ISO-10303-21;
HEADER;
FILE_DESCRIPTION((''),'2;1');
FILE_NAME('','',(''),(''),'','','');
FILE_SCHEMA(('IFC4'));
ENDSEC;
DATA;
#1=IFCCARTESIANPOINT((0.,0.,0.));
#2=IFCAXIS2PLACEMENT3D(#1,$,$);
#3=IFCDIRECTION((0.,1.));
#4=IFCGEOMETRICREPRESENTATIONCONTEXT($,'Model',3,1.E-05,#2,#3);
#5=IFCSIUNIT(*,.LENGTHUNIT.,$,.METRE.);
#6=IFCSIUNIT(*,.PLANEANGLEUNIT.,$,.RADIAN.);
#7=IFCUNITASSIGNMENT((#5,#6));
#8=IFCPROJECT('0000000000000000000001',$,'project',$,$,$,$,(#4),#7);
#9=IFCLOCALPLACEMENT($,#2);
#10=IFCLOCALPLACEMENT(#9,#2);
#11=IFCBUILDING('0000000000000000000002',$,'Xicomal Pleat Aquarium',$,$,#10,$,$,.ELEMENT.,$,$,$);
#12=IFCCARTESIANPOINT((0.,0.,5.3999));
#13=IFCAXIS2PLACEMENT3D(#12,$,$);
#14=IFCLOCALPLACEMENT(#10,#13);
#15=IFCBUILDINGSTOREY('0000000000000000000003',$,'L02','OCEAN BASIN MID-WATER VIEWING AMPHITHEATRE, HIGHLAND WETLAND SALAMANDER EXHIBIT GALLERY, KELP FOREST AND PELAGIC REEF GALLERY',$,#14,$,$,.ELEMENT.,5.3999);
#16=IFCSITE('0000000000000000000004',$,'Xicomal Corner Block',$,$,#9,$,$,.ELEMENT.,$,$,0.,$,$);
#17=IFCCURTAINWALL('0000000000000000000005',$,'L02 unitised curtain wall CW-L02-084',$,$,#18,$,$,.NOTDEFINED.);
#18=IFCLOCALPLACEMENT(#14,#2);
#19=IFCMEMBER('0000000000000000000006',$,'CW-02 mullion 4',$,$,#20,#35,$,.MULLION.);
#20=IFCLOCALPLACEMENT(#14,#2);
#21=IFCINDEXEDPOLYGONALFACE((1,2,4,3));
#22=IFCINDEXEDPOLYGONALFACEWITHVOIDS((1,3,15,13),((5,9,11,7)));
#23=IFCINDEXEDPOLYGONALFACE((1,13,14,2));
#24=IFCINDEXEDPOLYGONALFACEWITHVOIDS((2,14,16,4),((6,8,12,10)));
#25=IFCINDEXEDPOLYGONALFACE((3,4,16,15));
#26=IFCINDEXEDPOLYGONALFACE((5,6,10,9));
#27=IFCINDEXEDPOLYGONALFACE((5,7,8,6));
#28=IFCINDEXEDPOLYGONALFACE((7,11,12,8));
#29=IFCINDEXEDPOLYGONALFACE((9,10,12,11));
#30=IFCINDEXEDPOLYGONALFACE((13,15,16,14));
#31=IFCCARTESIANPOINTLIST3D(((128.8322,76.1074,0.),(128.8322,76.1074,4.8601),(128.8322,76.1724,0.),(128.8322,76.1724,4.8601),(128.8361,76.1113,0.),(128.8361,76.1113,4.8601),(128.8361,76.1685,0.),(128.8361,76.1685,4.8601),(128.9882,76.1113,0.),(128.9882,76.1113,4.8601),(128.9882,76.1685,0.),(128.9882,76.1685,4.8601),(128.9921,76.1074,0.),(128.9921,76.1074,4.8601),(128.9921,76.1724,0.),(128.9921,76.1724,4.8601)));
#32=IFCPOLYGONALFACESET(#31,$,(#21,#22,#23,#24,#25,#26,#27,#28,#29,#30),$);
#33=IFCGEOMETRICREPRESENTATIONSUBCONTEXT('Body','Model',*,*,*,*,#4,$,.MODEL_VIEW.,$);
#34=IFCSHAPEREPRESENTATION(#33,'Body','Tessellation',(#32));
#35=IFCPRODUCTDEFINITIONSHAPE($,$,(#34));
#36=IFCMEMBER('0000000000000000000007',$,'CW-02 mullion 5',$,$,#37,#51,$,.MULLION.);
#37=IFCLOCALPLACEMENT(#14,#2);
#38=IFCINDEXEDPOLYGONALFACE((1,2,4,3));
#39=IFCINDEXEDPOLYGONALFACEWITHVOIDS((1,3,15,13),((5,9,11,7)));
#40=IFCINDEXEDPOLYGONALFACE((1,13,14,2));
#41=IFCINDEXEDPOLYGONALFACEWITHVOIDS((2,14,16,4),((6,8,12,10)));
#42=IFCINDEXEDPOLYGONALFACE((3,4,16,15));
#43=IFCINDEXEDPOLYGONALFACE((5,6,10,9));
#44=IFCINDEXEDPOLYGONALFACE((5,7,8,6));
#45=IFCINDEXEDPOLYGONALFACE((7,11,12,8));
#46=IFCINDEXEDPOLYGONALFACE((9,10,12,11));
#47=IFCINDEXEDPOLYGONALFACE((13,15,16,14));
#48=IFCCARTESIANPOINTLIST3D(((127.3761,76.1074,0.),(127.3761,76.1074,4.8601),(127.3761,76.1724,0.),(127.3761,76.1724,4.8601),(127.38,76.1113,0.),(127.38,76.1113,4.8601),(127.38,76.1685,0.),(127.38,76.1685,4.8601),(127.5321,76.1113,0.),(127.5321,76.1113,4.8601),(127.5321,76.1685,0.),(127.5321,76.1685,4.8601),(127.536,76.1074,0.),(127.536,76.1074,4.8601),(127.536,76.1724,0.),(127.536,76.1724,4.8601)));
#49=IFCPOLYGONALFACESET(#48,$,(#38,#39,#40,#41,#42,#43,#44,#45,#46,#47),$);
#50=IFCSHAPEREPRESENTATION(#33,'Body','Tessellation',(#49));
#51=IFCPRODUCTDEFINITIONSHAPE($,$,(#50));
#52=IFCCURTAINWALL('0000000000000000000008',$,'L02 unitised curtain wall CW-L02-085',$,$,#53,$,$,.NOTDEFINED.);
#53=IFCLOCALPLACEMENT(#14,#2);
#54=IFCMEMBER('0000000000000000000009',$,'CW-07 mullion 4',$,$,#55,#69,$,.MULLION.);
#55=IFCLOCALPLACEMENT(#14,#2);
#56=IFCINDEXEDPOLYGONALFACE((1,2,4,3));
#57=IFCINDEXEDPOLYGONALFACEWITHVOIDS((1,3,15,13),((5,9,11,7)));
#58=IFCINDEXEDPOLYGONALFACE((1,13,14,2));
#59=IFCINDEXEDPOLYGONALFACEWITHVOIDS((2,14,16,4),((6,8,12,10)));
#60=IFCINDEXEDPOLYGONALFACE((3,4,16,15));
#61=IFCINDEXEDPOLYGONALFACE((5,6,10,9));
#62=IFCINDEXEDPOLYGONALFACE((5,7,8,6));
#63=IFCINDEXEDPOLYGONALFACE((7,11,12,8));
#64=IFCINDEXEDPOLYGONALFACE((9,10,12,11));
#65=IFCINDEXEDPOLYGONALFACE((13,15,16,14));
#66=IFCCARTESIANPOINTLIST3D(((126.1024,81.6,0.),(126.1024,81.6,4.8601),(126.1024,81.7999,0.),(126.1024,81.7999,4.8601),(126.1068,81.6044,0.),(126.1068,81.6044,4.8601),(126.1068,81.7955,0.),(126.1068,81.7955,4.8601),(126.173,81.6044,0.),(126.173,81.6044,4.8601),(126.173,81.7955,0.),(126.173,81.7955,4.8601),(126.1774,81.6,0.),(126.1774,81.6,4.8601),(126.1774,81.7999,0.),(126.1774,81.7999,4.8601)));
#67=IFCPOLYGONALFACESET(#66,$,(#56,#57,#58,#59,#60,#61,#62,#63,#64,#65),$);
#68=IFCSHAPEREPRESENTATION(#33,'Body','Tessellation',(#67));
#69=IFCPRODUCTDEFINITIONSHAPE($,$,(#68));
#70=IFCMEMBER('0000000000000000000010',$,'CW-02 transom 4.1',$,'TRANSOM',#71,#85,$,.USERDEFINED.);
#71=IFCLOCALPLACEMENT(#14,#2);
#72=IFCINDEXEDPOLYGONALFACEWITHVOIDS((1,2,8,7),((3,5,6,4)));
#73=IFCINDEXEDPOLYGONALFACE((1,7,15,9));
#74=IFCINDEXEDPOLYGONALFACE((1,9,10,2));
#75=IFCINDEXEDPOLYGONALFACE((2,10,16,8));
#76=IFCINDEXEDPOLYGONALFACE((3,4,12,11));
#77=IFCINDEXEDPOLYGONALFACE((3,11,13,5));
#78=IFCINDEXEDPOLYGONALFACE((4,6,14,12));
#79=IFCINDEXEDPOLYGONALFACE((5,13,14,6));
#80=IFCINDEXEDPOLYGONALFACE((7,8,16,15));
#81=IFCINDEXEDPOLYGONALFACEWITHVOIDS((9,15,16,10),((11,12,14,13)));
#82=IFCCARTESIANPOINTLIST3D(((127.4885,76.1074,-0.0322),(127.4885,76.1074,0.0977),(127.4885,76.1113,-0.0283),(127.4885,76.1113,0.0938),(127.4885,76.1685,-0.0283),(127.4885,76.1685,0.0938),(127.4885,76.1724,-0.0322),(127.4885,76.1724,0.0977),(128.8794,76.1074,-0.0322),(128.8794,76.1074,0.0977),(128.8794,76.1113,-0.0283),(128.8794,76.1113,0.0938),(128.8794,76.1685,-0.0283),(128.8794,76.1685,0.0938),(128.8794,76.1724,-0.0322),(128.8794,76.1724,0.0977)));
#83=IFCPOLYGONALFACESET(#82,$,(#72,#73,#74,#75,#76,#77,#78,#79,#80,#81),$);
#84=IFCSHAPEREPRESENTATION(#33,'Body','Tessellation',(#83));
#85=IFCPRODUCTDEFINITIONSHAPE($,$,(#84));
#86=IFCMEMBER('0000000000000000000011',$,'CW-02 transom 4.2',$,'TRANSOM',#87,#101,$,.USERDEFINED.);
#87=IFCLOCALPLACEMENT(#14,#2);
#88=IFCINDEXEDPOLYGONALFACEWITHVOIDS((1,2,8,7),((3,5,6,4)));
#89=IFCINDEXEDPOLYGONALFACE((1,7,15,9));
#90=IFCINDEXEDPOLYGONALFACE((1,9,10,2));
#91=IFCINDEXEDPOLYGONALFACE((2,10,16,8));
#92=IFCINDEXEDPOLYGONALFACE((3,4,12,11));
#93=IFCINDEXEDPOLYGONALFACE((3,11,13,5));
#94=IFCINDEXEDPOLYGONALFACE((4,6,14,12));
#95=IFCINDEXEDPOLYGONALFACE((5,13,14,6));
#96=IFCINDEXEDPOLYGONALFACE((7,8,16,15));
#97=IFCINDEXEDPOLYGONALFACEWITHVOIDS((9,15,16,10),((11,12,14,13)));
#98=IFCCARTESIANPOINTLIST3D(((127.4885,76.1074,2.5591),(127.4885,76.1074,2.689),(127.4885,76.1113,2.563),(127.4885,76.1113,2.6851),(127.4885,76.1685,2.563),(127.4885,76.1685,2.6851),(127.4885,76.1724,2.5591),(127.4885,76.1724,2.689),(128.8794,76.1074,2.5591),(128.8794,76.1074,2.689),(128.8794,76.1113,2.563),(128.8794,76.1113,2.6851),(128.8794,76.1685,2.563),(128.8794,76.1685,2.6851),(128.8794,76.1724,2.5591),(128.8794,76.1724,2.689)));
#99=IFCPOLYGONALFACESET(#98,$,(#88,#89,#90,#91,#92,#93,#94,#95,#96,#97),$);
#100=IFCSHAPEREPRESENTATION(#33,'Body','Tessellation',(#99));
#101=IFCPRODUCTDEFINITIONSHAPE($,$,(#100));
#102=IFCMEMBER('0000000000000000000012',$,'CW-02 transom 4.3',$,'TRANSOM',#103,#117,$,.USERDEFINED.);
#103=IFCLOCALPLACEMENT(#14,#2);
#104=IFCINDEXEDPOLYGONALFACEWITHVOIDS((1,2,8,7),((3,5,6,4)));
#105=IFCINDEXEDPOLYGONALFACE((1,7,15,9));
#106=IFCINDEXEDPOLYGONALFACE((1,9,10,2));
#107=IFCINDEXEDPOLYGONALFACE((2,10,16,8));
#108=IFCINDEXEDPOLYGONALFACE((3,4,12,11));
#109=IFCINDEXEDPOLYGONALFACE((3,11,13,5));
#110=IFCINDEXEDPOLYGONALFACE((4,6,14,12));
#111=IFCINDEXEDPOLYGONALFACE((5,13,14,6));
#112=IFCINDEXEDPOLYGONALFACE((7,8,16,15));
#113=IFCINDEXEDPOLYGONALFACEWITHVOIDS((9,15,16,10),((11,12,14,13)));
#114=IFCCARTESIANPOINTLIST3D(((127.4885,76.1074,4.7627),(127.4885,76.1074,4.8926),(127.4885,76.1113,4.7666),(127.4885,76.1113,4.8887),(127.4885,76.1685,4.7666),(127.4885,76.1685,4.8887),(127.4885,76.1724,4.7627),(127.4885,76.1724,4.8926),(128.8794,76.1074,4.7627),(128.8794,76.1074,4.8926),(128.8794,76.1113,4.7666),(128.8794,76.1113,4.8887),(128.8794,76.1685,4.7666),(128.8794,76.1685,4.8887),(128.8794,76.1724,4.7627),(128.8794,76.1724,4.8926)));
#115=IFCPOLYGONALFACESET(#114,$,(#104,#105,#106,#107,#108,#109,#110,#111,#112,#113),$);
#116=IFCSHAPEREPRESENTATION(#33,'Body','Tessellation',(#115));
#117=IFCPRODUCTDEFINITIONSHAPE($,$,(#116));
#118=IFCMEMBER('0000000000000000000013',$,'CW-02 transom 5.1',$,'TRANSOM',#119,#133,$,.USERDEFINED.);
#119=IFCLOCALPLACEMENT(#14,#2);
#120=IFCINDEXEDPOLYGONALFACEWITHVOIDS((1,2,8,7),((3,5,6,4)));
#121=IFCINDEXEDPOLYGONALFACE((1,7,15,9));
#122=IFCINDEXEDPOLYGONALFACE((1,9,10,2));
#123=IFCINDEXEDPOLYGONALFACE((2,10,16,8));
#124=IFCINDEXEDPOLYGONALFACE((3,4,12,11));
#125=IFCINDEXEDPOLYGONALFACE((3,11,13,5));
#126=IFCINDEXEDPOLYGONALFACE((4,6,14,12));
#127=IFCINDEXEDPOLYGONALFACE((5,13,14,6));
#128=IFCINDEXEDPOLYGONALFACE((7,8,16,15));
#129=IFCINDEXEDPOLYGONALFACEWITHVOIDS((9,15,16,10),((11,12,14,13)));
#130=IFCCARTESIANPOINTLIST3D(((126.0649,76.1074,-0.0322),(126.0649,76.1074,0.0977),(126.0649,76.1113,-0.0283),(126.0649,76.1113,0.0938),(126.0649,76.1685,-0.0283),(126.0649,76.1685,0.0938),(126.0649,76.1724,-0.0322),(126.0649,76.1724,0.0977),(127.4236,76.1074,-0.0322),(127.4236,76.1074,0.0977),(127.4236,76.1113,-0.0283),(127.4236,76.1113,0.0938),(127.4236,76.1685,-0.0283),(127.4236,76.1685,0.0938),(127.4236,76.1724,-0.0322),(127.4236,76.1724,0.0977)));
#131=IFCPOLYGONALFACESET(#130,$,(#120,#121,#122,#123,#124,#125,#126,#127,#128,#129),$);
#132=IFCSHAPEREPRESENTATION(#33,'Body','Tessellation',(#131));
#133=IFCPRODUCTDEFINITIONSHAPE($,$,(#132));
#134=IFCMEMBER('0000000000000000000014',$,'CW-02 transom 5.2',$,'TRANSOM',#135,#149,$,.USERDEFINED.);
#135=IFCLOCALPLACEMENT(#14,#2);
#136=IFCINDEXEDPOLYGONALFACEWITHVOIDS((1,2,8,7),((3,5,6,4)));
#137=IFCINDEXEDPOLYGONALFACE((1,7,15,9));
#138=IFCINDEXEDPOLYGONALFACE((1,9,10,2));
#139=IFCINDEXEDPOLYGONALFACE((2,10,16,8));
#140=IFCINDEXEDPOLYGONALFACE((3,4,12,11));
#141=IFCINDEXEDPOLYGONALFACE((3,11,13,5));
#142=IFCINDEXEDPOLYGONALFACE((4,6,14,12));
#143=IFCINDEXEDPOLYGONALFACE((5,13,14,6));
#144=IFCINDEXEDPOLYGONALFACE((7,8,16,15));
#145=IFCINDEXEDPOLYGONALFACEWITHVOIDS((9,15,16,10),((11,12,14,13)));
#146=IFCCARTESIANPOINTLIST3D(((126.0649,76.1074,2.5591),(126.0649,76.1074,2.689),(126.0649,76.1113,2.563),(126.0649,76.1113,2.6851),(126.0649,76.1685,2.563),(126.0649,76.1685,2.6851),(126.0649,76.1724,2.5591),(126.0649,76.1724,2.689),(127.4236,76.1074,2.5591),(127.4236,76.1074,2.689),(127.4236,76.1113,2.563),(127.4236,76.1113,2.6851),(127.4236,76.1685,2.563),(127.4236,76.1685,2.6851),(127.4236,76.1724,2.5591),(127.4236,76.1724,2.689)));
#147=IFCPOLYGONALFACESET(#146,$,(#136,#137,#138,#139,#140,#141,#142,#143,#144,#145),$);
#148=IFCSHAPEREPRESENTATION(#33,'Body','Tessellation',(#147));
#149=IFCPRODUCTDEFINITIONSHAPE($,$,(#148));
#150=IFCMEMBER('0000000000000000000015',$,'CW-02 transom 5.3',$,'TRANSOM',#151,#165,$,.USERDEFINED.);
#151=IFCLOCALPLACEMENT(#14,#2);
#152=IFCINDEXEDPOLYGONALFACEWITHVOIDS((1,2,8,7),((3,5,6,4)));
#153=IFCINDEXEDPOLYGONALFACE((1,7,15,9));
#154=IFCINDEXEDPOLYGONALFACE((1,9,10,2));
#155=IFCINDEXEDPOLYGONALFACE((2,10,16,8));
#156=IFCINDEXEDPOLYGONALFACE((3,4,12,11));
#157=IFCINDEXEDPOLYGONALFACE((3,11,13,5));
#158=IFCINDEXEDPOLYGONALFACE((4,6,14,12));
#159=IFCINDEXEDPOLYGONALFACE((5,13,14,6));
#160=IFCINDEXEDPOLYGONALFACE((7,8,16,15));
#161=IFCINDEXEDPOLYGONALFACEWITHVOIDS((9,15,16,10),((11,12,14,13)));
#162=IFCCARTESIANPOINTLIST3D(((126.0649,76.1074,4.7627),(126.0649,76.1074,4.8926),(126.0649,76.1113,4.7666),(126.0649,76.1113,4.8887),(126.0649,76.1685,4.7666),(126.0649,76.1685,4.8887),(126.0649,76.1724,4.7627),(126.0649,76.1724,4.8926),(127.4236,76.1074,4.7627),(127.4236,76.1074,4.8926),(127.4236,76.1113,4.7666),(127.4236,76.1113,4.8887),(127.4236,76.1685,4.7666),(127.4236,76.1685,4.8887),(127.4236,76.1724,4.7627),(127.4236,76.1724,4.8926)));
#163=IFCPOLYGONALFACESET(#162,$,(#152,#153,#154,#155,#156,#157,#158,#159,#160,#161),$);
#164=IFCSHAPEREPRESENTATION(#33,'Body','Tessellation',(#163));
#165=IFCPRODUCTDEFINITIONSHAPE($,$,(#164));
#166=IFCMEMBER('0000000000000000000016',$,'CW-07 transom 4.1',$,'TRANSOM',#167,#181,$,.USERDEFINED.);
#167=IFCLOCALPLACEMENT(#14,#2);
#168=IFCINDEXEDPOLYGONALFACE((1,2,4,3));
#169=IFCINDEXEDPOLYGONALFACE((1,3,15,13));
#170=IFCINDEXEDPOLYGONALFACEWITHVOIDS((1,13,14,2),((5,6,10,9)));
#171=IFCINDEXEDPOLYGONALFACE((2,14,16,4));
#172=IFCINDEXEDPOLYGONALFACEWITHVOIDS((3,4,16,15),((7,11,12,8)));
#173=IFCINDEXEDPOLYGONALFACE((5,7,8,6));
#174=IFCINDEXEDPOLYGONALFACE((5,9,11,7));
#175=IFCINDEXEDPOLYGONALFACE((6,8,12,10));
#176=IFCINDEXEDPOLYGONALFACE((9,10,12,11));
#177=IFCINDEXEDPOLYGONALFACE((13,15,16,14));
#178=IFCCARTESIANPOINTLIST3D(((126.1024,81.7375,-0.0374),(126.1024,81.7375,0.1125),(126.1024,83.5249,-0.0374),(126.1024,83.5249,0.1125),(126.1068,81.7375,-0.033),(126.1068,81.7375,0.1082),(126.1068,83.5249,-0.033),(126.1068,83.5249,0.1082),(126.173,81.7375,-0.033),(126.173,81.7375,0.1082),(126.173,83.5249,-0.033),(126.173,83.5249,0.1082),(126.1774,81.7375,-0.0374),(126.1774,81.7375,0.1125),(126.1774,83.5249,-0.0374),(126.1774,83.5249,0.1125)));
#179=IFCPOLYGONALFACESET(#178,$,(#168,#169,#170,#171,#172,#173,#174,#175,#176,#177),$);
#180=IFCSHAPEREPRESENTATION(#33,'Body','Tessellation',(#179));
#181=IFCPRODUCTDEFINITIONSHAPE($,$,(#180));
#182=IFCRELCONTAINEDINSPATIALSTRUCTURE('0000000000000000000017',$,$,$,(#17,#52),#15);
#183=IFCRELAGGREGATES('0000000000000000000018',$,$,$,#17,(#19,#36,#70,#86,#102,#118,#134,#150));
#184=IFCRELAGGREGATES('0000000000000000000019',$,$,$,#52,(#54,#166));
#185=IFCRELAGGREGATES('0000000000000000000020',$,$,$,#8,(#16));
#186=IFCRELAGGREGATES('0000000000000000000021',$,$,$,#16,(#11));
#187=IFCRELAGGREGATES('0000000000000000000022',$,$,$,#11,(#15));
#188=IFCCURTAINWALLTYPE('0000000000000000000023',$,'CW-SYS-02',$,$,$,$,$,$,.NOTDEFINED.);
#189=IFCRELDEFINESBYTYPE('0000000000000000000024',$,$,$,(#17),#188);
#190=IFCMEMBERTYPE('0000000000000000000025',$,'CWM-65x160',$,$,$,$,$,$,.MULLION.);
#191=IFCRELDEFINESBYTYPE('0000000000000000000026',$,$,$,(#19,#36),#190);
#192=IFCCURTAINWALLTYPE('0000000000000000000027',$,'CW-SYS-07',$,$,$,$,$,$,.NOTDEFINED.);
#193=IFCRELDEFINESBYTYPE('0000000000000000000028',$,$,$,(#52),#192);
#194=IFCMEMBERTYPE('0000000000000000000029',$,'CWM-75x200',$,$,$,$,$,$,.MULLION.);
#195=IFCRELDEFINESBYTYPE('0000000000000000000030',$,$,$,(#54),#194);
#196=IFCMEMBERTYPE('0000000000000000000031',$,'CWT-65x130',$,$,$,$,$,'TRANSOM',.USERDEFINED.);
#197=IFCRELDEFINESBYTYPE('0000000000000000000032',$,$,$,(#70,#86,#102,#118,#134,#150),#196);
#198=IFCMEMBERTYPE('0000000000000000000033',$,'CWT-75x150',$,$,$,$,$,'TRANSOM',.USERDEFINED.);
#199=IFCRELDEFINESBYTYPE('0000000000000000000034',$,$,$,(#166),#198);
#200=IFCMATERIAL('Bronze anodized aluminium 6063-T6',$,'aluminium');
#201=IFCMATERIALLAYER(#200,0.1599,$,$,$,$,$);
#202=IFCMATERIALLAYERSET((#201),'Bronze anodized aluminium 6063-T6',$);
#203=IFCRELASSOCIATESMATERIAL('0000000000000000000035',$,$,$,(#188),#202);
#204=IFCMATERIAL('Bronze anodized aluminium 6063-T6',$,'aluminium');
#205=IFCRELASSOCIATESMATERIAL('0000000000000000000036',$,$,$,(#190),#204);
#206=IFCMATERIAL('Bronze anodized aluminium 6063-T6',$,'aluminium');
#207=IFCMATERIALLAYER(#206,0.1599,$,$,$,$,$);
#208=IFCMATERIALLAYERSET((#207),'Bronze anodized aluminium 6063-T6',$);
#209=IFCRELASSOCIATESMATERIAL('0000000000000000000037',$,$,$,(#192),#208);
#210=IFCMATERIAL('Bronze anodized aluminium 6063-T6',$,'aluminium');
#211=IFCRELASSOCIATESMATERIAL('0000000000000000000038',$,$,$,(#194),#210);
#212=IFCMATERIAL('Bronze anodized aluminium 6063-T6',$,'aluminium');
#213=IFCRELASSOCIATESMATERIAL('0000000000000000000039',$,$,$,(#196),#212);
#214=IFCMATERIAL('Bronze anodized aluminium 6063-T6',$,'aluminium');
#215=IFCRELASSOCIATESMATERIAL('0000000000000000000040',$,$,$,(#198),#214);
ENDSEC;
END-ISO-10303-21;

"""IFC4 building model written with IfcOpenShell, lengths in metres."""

from ifc_helpers import new_model, si_unit, direction, frame, origin, origin_2d, place, context, subcontext, project, spatial, hollow_rectangle, extrude, material, layer, layer_set, material_profile, profile_set, type_object, element, aggregate, save


model = new_model("IFC4")

# Units and contexts
model_context = context("Model", 3, precision=1e-05, world=origin(), true_north=direction((0.0, 1.0)))
body_context = subcontext(model_context, "Body", "Model", "MODEL_VIEW")
ifc_project = project(units=[si_unit("LENGTHUNIT", "METRE"), si_unit("PLANEANGLEUNIT", "RADIAN")], contexts=[model_context])

# Site, building, storey
site_placement = place(None, origin())
site = spatial("IfcSite", under=ifc_project, at=site_placement, Name="Xicomal Corner Block", CompositionType="ELEMENT", RefElevation=0.0)
building_placement = place(site_placement, origin())
building = spatial("IfcBuilding", under=site, at=building_placement, Name="Xicomal Pleat Aquarium", CompositionType="ELEMENT")
storey_placement = place(building_placement, frame((0.0, 0.0, 5.3999)))
storey = spatial("IfcBuildingStorey", under=building, at=storey_placement, Name="L02", Description="OCEAN BASIN MID-WATER VIEWING AMPHITHEATRE, HIGHLAND WETLAND SALAMANDER EXHIBIT GALLERY, KELP FOREST AND PELAGIC REEF GALLERY", CompositionType="ELEMENT", Elevation=5.3999)

# Curtain wall, members
ifc_material_1 = material(Name="Bronze anodized aluminium 6063-T6", Category="aluminium")
ifc_layer_1 = layer(ifc_material_1, 0.1599)
ifc_layer_set_1 = layer_set([ifc_layer_1], Name="Bronze anodized aluminium 6063-T6")
curtain_wall_type_1 = type_object("IfcCurtainWallType", Name="CW-SYS-02", PredefinedType="NOTDEFINED", material=ifc_layer_set_1)
curtain_wall_1_placement = place(storey_placement, origin())
curtain_wall_1 = element("IfcCurtainWall", 1, at=curtain_wall_1_placement, inside=storey, type_object=curtain_wall_type_1, Name="L02 unitised curtain wall CW-L02-084", PredefinedType="NOTDEFINED")
ifc_material_2 = material(Name="Bronze anodized aluminium 6063-T6", Category="aluminium")
ifc_material_profile_1 = material_profile(ifc_material_2, hollow_rectangle(XDim=0.0649, YDim=0.1599, WallThickness=0.0039, at=origin_2d()), Name="ALU MULL 65x160")
ifc_profile_set_1 = profile_set([ifc_material_profile_1], Name="Bronze anodized aluminium 6063-T6")
member_type_1 = type_object("IfcMemberType", Name="CWM-65x160", PredefinedType="MULLION", material=ifc_profile_set_1)
member_1_placement = place(storey_placement, frame((128.9121, 76.1399, 0.0), z_axis=(0.0, 0.0, 1.0), x_axis=(0.0, -1.0, 0.0)))
member_1 = element("IfcMember", 2, at=member_1_placement, type_object=member_type_1, Name="CW-02 mullion 4", PredefinedType="MULLION", context=body_context, shape_type="SweptSolid", body=[
    extrude(hollow_rectangle(XDim=0.0649, YDim=0.1599, WallThickness=0.0039, at=origin_2d()), origin(), (0.0, 0.0, 1.0), 4.8601),
])
member_2_placement = place(storey_placement, frame((127.4561, 76.1399, 0.0), z_axis=(0.0, 0.0, 1.0), x_axis=(0.0, -1.0, 0.0)))
member_2 = element("IfcMember", 3, at=member_2_placement, type_object=member_type_1, Name="CW-02 mullion 5", PredefinedType="MULLION", context=body_context, shape_type="SweptSolid", body=[
    extrude(hollow_rectangle(XDim=0.0649, YDim=0.1599, WallThickness=0.0039, at=origin_2d()), origin(), (0.0, 0.0, 1.0), 4.8601),
])

# Curtain wall, member
ifc_material_3 = material(Name="Bronze anodized aluminium 6063-T6", Category="aluminium")
ifc_layer_2 = layer(ifc_material_3, 0.1599)
ifc_layer_set_2 = layer_set([ifc_layer_2], Name="Bronze anodized aluminium 6063-T6")
curtain_wall_type_2 = type_object("IfcCurtainWallType", Name="CW-SYS-07", PredefinedType="NOTDEFINED", material=ifc_layer_set_2)
curtain_wall_2_placement = place(storey_placement, origin())
curtain_wall_2 = element("IfcCurtainWall", 4, at=curtain_wall_2_placement, inside=storey, type_object=curtain_wall_type_2, Name="L02 unitised curtain wall CW-L02-085", PredefinedType="NOTDEFINED")
ifc_material_4 = material(Name="Bronze anodized aluminium 6063-T6", Category="aluminium")
ifc_material_profile_2 = material_profile(ifc_material_4, hollow_rectangle(XDim=0.075, YDim=0.2, WallThickness=0.0044, at=origin_2d()), Name="ALU MULL 75x200")
ifc_profile_set_2 = profile_set([ifc_material_profile_2], Name="Bronze anodized aluminium 6063-T6")
member_type_2 = type_object("IfcMemberType", Name="CWM-75x200", PredefinedType="MULLION", material=ifc_profile_set_2)
member_3_placement = place(storey_placement, frame((126.1399, 81.7, 0.0), z_axis=(0.0, 0.0, 1.0), x_axis=(-1.0, 0.0, 0.0)))
member_3 = element("IfcMember", 5, at=member_3_placement, type_object=member_type_2, Name="CW-07 mullion 4", PredefinedType="MULLION", context=body_context, shape_type="SweptSolid", body=[
    extrude(hollow_rectangle(XDim=0.075, YDim=0.2, WallThickness=0.0044, at=origin_2d()), origin(), (0.0, 0.0, 1.0), 4.8601),
])

# Members
ifc_material_5 = material(Name="Bronze anodized aluminium 6063-T6", Category="aluminium")
ifc_material_profile_3 = material_profile(ifc_material_5, hollow_rectangle(XDim=0.0649, YDim=0.1299, WallThickness=0.0039, at=origin_2d()), Name="ALU TRAN 65x130")
ifc_profile_set_3 = profile_set([ifc_material_profile_3], Name="Bronze anodized aluminium 6063-T6")
member_type_3 = type_object("IfcMemberType", Name="CWT-65x130", ElementType="TRANSOM", PredefinedType="USERDEFINED", material=ifc_profile_set_3)
member_4_placement = place(storey_placement, frame((128.8794, 76.1399, 0.0327), z_axis=(-1.0, 0.0, 0.0), x_axis=(0.0, -1.0, 0.0)))
member_4 = element("IfcMember", 6, at=member_4_placement, type_object=member_type_3, Name="CW-02 transom 4.1", ObjectType="TRANSOM", PredefinedType="USERDEFINED", context=body_context, shape_type="SweptSolid", body=[
    extrude(hollow_rectangle(XDim=0.0649, YDim=0.1299, WallThickness=0.0039, at=origin_2d()), origin(), (0.0, 0.0, 1.0), 1.3909),
])
member_5_placement = place(storey_placement, frame((128.8794, 76.1399, 2.624), z_axis=(-1.0, 0.0, 0.0), x_axis=(0.0, -1.0, 0.0)))
member_5 = element("IfcMember", 7, at=member_5_placement, type_object=member_type_3, Name="CW-02 transom 4.2", ObjectType="TRANSOM", PredefinedType="USERDEFINED", context=body_context, shape_type="SweptSolid", body=[
    extrude(hollow_rectangle(XDim=0.0649, YDim=0.1299, WallThickness=0.0039, at=origin_2d()), origin(), (0.0, 0.0, 1.0), 1.3909),
])
member_6_placement = place(storey_placement, frame((128.8794, 76.1399, 4.8276), z_axis=(-1.0, 0.0, 0.0), x_axis=(0.0, -1.0, 0.0)))
member_6 = element("IfcMember", 8, at=member_6_placement, type_object=member_type_3, Name="CW-02 transom 4.3", ObjectType="TRANSOM", PredefinedType="USERDEFINED", context=body_context, shape_type="SweptSolid", body=[
    extrude(hollow_rectangle(XDim=0.0649, YDim=0.1299, WallThickness=0.0039, at=origin_2d()), origin(), (0.0, 0.0, 1.0), 1.3909),
])
member_7_placement = place(storey_placement, frame((127.4236, 76.1399, 0.0327), z_axis=(-1.0, 0.0, 0.0), x_axis=(0.0, -1.0, 0.0)))
member_7 = element("IfcMember", 9, at=member_7_placement, type_object=member_type_3, Name="CW-02 transom 5.1", ObjectType="TRANSOM", PredefinedType="USERDEFINED", context=body_context, shape_type="SweptSolid", body=[
    extrude(hollow_rectangle(XDim=0.0649, YDim=0.1299, WallThickness=0.0039, at=origin_2d()), origin(), (0.0, 0.0, 1.0), 1.3586),
])
member_8_placement = place(storey_placement, frame((127.4236, 76.1399, 2.624), z_axis=(-1.0, 0.0, 0.0), x_axis=(0.0, -1.0, 0.0)))
member_8 = element("IfcMember", 10, at=member_8_placement, type_object=member_type_3, Name="CW-02 transom 5.2", ObjectType="TRANSOM", PredefinedType="USERDEFINED", context=body_context, shape_type="SweptSolid", body=[
    extrude(hollow_rectangle(XDim=0.0649, YDim=0.1299, WallThickness=0.0039, at=origin_2d()), origin(), (0.0, 0.0, 1.0), 1.3586),
])
member_9_placement = place(storey_placement, frame((127.4236, 76.1399, 4.8276), z_axis=(-1.0, 0.0, 0.0), x_axis=(0.0, -1.0, 0.0)))
member_9 = element("IfcMember", 11, at=member_9_placement, type_object=member_type_3, Name="CW-02 transom 5.3", ObjectType="TRANSOM", PredefinedType="USERDEFINED", context=body_context, shape_type="SweptSolid", body=[
    extrude(hollow_rectangle(XDim=0.0649, YDim=0.1299, WallThickness=0.0039, at=origin_2d()), origin(), (0.0, 0.0, 1.0), 1.3586),
])
ifc_material_6 = material(Name="Bronze anodized aluminium 6063-T6", Category="aluminium")
ifc_material_profile_4 = material_profile(ifc_material_6, hollow_rectangle(XDim=0.075, YDim=0.1499, WallThickness=0.0044, at=origin_2d()), Name="ALU TRAN 75x150")
ifc_profile_set_4 = profile_set([ifc_material_profile_4], Name="Bronze anodized aluminium 6063-T6")
member_type_4 = type_object("IfcMemberType", Name="CWT-75x150", ElementType="TRANSOM", PredefinedType="USERDEFINED", material=ifc_profile_set_4)
member_10_placement = place(storey_placement, frame((126.1399, 81.7375, 0.0376), z_axis=(0.0, 1.0, 0.0), x_axis=(-1.0, 0.0, 0.0)))
member_10 = element("IfcMember", 12, at=member_10_placement, type_object=member_type_4, Name="CW-07 transom 4.1", ObjectType="TRANSOM", PredefinedType="USERDEFINED", context=body_context, shape_type="SweptSolid", body=[
    extrude(hollow_rectangle(XDim=0.075, YDim=0.1499, WallThickness=0.0044, at=origin_2d()), origin(), (0.0, 0.0, 1.0), 1.7874),
])

aggregate(curtain_wall_1, [member_1, member_2, member_4, member_5, member_6, member_7, member_8, member_9])
aggregate(curtain_wall_2, [member_3, member_10])

save(model, "model.ifc")
